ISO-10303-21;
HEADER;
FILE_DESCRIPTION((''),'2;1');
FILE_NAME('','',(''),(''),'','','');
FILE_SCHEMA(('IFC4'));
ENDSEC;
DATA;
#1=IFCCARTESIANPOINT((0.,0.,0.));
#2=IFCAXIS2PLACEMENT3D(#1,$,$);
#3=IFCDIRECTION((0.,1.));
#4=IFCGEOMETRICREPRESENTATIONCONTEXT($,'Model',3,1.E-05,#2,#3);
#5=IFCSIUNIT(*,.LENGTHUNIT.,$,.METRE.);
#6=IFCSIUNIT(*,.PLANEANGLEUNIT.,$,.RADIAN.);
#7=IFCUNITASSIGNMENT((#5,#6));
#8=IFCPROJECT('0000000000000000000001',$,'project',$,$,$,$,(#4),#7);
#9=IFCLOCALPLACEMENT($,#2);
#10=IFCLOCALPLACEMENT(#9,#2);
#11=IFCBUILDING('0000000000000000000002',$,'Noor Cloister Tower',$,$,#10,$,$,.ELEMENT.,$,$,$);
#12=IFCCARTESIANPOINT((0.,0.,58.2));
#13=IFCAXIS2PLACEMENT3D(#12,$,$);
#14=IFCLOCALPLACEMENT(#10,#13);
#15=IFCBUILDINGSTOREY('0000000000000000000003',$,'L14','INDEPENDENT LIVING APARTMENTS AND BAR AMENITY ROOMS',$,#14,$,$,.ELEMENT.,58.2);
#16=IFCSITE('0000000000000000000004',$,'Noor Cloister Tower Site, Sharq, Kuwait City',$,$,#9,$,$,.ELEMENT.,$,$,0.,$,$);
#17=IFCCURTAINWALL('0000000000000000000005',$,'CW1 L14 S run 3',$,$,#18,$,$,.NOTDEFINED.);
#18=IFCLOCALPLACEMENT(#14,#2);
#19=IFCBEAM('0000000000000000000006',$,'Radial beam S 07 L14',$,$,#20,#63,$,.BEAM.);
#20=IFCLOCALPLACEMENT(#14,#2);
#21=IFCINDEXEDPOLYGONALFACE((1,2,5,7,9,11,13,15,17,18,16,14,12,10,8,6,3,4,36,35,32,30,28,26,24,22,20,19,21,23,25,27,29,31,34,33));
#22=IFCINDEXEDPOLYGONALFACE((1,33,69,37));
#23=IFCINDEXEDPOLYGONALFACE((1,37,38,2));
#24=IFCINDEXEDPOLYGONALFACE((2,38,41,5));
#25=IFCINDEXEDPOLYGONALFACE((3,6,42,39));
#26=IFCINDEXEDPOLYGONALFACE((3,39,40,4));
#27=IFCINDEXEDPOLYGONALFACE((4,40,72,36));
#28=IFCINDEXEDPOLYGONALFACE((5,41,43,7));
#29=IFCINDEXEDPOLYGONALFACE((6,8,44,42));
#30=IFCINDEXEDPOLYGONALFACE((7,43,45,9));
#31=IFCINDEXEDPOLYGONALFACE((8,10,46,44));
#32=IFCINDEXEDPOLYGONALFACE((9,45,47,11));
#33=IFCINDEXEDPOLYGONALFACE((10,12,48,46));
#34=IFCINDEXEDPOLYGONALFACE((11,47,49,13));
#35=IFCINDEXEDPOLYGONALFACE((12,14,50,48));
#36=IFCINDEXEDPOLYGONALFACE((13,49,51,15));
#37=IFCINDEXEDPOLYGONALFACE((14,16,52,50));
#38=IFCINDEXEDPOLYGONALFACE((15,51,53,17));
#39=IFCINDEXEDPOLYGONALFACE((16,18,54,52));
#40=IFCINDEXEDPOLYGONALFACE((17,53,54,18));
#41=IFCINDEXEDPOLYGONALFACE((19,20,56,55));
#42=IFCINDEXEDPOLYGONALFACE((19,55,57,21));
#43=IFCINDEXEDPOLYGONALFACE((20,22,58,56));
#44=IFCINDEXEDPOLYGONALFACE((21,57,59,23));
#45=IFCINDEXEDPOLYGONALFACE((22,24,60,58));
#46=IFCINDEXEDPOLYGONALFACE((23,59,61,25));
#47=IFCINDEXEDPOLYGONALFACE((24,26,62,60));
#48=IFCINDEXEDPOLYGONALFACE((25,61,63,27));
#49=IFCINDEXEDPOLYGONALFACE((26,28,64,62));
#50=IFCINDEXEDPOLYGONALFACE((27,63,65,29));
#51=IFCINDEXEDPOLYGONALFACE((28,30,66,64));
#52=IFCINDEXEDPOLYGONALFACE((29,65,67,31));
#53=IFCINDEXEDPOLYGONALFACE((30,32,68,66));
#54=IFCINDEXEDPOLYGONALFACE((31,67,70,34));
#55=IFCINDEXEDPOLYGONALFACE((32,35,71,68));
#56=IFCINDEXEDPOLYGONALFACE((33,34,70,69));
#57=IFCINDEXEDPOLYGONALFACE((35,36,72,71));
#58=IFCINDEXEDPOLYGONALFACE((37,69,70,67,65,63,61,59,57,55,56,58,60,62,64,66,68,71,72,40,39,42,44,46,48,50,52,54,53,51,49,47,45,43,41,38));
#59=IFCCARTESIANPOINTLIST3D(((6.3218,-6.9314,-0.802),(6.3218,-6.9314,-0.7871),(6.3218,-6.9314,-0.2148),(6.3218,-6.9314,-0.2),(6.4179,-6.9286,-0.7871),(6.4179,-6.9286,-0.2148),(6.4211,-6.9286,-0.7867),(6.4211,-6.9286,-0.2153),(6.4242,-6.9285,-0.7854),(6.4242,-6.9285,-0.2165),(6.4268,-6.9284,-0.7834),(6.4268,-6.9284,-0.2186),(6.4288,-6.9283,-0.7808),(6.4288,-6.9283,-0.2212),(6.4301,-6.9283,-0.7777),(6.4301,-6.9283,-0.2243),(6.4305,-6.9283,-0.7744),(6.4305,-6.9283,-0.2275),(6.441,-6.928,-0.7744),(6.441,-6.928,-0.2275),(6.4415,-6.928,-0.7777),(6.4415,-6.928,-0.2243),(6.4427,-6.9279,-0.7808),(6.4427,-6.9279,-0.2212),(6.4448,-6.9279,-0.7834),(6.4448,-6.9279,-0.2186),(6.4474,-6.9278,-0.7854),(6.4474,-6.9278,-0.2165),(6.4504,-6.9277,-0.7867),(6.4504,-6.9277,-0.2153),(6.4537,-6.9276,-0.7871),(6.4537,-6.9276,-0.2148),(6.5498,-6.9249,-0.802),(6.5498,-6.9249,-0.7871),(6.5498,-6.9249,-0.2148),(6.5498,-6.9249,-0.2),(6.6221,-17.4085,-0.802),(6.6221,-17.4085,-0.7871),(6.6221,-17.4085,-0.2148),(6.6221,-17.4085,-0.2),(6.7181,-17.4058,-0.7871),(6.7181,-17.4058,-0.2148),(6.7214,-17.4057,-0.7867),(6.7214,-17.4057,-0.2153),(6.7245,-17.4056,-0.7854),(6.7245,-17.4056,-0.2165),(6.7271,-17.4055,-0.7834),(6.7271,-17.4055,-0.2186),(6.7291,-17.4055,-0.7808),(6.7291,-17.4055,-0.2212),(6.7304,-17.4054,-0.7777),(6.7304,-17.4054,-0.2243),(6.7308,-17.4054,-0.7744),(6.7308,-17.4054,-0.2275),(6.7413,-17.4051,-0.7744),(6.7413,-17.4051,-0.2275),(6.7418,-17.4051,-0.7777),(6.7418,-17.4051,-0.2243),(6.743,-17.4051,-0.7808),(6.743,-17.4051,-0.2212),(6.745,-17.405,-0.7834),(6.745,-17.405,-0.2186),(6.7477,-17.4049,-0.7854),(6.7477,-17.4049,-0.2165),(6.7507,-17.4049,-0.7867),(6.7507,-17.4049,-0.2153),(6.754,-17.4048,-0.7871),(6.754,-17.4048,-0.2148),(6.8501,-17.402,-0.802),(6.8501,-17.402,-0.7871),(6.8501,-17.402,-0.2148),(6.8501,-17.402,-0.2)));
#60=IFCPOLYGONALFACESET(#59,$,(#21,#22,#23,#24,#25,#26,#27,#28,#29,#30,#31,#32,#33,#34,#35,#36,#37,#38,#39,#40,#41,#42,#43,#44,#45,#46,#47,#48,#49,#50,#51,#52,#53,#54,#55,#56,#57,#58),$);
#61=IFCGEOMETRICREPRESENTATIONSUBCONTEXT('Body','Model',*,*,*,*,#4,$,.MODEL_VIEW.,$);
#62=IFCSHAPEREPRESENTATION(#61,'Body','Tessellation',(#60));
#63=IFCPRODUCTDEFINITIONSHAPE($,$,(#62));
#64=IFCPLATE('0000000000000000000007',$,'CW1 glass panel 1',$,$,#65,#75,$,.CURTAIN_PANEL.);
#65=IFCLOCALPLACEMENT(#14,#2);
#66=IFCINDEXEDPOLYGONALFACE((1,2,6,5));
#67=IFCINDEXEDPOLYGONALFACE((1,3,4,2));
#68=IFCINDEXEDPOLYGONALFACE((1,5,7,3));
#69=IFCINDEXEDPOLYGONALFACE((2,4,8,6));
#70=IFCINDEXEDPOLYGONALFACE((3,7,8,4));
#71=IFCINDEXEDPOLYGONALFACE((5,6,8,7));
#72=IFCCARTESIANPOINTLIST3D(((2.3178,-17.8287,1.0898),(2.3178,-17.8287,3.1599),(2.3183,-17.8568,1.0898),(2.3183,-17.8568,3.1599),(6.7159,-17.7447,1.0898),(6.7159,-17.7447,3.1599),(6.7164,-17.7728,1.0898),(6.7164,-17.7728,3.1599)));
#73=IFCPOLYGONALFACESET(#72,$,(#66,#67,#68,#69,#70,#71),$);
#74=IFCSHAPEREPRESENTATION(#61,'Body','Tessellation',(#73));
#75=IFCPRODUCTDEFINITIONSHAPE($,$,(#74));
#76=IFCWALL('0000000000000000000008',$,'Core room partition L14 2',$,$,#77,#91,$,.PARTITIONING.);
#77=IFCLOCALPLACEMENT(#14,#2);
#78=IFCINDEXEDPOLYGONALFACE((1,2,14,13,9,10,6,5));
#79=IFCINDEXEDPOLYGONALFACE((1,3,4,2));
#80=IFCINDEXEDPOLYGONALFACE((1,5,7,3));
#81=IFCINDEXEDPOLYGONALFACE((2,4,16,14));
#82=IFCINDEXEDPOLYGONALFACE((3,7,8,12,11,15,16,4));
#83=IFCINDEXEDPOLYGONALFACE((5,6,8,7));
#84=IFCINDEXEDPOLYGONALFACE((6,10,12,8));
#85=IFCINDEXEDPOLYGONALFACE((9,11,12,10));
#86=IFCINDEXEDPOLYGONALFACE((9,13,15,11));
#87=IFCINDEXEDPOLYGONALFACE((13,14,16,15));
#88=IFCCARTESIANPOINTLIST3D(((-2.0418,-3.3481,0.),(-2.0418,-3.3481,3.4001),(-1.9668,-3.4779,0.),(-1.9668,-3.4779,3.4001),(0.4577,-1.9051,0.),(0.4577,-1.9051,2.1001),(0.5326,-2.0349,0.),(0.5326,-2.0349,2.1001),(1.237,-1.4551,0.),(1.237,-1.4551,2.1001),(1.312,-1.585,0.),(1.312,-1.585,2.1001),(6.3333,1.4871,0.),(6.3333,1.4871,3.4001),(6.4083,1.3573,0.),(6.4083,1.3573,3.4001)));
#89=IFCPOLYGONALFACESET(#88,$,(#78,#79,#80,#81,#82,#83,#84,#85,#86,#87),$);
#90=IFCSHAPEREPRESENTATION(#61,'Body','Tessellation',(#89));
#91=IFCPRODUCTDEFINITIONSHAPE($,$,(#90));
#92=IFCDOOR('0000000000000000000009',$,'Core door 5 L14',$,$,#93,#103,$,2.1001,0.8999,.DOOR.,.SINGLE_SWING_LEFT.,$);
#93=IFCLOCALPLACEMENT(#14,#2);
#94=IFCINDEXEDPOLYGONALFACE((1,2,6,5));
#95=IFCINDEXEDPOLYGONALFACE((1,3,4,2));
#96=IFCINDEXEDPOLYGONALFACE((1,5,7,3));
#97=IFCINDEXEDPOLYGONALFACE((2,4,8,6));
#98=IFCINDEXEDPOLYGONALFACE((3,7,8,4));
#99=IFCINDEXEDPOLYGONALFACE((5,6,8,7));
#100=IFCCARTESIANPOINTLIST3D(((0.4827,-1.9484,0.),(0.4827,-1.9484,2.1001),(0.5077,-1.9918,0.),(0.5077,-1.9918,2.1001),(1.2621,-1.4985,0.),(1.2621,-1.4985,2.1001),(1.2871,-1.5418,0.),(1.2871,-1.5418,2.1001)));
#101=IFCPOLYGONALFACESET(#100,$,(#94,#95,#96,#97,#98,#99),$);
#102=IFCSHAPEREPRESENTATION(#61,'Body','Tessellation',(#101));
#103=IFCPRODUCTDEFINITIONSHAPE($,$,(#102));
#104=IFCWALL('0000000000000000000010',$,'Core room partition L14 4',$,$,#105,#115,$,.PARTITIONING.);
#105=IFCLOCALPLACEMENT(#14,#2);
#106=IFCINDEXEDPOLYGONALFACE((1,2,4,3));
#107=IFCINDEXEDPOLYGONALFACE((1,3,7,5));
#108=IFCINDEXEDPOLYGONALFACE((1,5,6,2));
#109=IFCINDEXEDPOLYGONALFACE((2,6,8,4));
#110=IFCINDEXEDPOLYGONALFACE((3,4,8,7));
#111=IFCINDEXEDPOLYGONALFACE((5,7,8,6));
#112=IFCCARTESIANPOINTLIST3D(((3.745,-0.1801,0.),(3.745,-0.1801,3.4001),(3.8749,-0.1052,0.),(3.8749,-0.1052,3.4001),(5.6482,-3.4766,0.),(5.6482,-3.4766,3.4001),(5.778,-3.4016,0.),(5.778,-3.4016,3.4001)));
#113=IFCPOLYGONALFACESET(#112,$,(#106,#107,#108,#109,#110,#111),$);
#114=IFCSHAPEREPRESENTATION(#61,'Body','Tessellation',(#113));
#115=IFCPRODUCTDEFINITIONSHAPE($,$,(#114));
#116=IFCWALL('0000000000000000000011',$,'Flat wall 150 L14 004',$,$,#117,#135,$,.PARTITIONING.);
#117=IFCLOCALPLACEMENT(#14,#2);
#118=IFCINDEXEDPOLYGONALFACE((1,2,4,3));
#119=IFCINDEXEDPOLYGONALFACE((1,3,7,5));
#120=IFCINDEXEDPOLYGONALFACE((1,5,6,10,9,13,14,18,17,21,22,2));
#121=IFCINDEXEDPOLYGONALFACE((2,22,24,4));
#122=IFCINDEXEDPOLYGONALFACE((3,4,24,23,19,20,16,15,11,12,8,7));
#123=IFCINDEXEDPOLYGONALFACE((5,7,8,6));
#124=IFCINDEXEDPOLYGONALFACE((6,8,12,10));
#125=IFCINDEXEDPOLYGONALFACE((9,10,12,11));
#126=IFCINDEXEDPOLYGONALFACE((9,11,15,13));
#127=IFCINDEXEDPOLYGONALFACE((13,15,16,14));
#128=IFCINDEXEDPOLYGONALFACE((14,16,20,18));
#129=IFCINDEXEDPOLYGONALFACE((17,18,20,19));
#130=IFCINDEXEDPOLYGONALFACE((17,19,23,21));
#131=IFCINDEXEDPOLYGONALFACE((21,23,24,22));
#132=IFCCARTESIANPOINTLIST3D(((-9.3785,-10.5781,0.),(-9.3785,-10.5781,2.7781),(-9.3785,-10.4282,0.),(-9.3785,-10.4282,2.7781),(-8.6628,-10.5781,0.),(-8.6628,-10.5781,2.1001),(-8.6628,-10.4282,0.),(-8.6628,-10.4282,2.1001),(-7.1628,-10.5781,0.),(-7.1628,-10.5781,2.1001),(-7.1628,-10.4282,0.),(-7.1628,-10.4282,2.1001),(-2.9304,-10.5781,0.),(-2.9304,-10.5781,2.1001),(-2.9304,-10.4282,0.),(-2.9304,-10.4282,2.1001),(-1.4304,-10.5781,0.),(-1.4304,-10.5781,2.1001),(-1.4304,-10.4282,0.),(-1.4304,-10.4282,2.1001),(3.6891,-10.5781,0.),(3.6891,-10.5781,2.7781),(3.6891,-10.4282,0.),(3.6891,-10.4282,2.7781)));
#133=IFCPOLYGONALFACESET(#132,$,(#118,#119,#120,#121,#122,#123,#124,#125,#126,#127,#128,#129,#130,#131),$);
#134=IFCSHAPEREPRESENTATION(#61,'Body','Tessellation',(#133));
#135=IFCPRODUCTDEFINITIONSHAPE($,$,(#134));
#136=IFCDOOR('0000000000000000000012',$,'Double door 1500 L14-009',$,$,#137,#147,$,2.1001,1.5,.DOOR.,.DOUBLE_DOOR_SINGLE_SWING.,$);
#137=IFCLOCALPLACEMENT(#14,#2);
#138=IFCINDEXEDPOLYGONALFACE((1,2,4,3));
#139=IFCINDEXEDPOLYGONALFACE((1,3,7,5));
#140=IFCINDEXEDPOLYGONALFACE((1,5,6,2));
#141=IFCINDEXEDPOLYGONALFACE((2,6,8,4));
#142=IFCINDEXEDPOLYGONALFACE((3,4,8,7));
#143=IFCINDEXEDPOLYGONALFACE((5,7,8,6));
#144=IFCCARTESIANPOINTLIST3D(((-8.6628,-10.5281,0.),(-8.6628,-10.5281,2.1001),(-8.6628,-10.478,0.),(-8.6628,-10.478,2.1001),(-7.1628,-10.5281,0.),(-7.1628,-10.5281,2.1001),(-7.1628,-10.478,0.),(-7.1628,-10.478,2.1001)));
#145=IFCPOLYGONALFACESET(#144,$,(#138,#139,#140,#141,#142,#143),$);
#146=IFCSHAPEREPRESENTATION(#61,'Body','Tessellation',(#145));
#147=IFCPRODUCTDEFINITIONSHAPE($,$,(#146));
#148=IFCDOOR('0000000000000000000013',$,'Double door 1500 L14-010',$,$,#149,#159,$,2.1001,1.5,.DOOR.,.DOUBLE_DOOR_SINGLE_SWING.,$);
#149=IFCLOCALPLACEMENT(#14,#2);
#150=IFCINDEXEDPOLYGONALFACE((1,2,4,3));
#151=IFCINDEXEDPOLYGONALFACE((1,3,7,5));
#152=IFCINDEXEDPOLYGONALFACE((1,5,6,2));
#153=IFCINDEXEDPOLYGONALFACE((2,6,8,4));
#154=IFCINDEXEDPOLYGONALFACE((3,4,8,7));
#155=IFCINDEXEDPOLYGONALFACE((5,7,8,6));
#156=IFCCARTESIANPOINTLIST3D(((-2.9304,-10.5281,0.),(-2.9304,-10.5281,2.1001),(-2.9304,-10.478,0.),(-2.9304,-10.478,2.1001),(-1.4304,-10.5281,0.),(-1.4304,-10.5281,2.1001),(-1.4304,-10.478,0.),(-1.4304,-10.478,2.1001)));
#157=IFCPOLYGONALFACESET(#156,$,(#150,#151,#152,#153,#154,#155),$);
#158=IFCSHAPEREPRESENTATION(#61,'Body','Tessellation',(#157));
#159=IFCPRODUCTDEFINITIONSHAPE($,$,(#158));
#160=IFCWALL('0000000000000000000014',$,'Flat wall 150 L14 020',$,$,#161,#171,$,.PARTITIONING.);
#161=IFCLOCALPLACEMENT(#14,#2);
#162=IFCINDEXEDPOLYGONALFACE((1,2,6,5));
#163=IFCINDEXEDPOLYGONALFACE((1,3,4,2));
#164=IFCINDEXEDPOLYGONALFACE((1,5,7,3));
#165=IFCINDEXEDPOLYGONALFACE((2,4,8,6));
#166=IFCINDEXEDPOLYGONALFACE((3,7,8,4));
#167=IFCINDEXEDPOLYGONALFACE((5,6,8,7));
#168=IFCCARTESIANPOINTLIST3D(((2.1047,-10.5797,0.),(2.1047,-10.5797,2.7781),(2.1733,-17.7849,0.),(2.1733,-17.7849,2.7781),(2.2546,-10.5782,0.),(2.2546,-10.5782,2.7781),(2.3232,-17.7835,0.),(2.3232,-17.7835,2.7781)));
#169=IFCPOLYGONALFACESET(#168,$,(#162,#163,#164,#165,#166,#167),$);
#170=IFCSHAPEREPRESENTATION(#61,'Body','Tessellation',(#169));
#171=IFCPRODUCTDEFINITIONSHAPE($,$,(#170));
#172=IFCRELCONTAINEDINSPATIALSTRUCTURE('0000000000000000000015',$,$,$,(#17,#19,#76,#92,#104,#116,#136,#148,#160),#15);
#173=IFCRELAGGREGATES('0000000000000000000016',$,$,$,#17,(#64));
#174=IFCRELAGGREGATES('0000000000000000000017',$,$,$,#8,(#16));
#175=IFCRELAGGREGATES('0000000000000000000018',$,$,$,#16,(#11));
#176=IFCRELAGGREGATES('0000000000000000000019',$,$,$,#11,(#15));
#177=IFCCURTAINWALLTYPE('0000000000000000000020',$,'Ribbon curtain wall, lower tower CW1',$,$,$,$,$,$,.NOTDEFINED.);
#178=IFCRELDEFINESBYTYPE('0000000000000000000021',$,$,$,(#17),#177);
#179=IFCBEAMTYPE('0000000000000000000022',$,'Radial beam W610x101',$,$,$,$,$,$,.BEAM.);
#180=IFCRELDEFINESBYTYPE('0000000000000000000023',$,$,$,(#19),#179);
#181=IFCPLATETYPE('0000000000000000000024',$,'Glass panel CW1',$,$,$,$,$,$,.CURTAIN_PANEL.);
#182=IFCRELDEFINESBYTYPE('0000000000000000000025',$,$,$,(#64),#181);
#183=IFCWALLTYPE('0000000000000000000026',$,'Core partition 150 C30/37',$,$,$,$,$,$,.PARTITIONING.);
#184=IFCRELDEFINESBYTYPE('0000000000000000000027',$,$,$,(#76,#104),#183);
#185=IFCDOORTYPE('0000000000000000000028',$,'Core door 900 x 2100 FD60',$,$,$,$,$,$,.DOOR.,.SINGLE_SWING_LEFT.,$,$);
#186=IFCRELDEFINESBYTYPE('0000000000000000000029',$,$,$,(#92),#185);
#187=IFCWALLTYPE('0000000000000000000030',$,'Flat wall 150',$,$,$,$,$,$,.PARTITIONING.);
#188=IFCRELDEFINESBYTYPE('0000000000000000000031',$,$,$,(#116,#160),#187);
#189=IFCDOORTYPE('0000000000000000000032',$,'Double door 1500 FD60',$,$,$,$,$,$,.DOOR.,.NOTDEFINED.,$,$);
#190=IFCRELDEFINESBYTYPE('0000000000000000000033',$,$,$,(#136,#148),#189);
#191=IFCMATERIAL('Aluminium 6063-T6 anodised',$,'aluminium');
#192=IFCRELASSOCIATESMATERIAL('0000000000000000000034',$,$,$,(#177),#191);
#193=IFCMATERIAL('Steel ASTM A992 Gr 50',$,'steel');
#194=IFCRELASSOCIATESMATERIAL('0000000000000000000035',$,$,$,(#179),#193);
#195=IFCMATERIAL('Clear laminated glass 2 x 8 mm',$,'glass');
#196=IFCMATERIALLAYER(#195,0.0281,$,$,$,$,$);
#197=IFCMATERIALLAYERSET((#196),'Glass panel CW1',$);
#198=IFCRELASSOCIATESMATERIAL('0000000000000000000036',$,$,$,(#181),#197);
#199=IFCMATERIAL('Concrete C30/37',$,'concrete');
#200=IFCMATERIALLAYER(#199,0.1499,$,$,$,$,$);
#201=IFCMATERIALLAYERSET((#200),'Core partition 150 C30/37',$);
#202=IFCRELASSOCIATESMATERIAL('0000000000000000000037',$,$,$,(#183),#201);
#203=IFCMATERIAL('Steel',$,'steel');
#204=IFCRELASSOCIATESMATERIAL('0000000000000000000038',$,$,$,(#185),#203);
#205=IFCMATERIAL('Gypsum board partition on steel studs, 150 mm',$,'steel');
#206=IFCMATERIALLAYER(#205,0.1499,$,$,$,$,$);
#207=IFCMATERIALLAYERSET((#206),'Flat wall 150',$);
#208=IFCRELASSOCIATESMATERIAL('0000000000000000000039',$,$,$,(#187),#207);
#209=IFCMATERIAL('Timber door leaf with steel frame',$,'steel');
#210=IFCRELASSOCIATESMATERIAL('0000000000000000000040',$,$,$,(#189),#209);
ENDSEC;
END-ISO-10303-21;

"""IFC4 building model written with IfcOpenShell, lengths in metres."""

from ifc_helpers import new_model, si_unit, direction, frame, frame_2d, origin, origin_2d, place, context, subcontext, project, spatial, rectangle, i_section, extrude, material, layer, layer_set, material_profile, profile_set, type_object, element, fill, aggregate, save


model = new_model("IFC4")

# Units and contexts
model_context = context("Model", 3, precision=1e-05, world=origin(), true_north=direction((0.0, 1.0)))
body_context = subcontext(model_context, "Body", "Model", "MODEL_VIEW")
ifc_project = project(units=[si_unit("LENGTHUNIT", "METRE"), si_unit("PLANEANGLEUNIT", "RADIAN")], contexts=[model_context])

# Site, building, storey
site_placement = place(None, origin())
site = spatial("IfcSite", under=ifc_project, at=site_placement, Name="Noor Cloister Tower Site, Sharq, Kuwait City", CompositionType="ELEMENT", RefElevation=0.0)
building_placement = place(site_placement, origin())
building = spatial("IfcBuilding", under=site, at=building_placement, Name="Noor Cloister Tower", CompositionType="ELEMENT")
storey_placement = place(building_placement, frame((0.0, 0.0, 58.2)))
storey = spatial("IfcBuildingStorey", under=building, at=storey_placement, Name="L14", Description="INDEPENDENT LIVING APARTMENTS AND BAR AMENITY ROOMS", CompositionType="ELEMENT", Elevation=58.2)

# Curtain wall
ifc_material_1 = material(Name="Aluminium 6063-T6 anodised", Category="aluminium")
curtain_wall_type_1 = type_object("IfcCurtainWallType", Name="Ribbon curtain wall, lower tower CW1", PredefinedType="NOTDEFINED", material=ifc_material_1)
curtain_wall_1_placement = place(storey_placement, origin())
curtain_wall_1 = element("IfcCurtainWall", 1, at=curtain_wall_1_placement, inside=storey, type_object=curtain_wall_type_1, Name="CW1 L14 S run 3", PredefinedType="NOTDEFINED")

# Beam
ifc_material_2 = material(Name="Steel ASTM A992 Gr 50", Category="steel")
ifc_material_profile_1 = material_profile(ifc_material_2, i_section(OverallWidth=0.228, OverallDepth=0.6021, WebThickness=0.0105, FlangeThickness=0.0149, FilletRadius=0.0127, at=origin_2d()), Name="W610x101")
ifc_profile_set_1 = profile_set([ifc_material_profile_1], Name="Steel ASTM A992 Gr 50")
beam_type_1 = type_object("IfcBeamType", Name="Radial beam W610x101", PredefinedType="BEAM", material=ifc_profile_set_1)
beam_1_placement = place(storey_placement, frame((6.7361, -17.4053, -0.501), z_axis=(-0.02865, 0.999589, 0.0), x_axis=(-0.999589, -0.02865, 0.0)))
element("IfcBeam", 2, at=beam_1_placement, inside=storey, type_object=beam_type_1, Name="Radial beam S 07 L14", PredefinedType="BEAM", context=body_context, shape_type="SweptSolid", body=[
    extrude(i_section(OverallWidth=0.228, OverallDepth=0.6021, WebThickness=0.0105, FlangeThickness=0.0149, FilletRadius=0.0127, at=origin_2d()), origin(), (0.0, 0.0, 1.0), 10.4814),
])

# Plate
ifc_material_3 = material(Name="Clear laminated glass 2 x 8 mm", Category="glass")
ifc_layer_1 = layer(ifc_material_3, 0.0281)
ifc_layer_set_1 = layer_set([ifc_layer_1], Name="Glass panel CW1")
plate_type = type_object("IfcPlateType", Name="Glass panel CW1", PredefinedType="CURTAIN_PANEL", material=ifc_layer_set_1)
plate_placement = place(storey_placement, frame((4.5171, -17.8008, 1.0898), z_axis=(0.0, 0.0, 1.0), x_axis=(0.999818, 0.019095, 0.0)))
plate = element("IfcPlate", 3, at=plate_placement, type_object=plate_type, Name="CW1 glass panel 1", PredefinedType="CURTAIN_PANEL", context=body_context, shape_type="SweptSolid", body=[
    extrude(rectangle(XDim=4.3989, YDim=0.0281, at=origin_2d()), origin(), (0.0, 0.0, 1.0), 2.0701),
])
aggregate(curtain_wall_1, [plate])

# Wall, opening, door
ifc_material_4 = material(Name="Concrete C30/37", Category="concrete")
ifc_layer_2 = layer(ifc_material_4, 0.1499)
ifc_layer_set_2 = layer_set([ifc_layer_2], Name="Core partition 150 C30/37")
wall_type_1 = type_object("IfcWallType", Name="Core partition 150 C30/37", PredefinedType="PARTITIONING", material=ifc_layer_set_2)
wall_1_placement = place(storey_placement, frame((-2.0044, -3.4131, 0.0), z_axis=(0.0, 0.0, 1.0), x_axis=(0.86603, 0.499992, 0.0)))
wall_1 = element("IfcWall", 4, at=wall_1_placement, inside=storey, type_object=wall_type_1, Name="Core room partition L14 2", PredefinedType="PARTITIONING", context=body_context, shape_type="SweptSolid", body=[
    extrude(rectangle(XDim=9.6707, YDim=0.1499, at=frame_2d((4.8354, 0.0))), origin(), (0.0, 0.0, 1.0), 3.4001),
])
opening_1_placement = place(wall_1_placement, frame((2.8862, 0.0, 0.0)))
opening_1 = element("IfcOpeningElement", 5, at=opening_1_placement, cuts=wall_1, PredefinedType="OPENING", context=body_context, shape_type="SweptSolid", body=[
    extrude(rectangle(XDim=0.8999, YDim=2.1001, at=frame_2d((0.45, 1.05))), frame((0.0, 0.085, 0.0), z_axis=(0.0, -1.0, 0.0), x_axis=(1.0, 0.0, 0.0)), (0.0, 0.0, 1.0), 0.1699),
])
ifc_material_5 = material(Name="Steel", Category="steel")
door_type_1 = type_object("IfcDoorType", Name="Core door 900 x 2100 FD60", OperationType="SINGLE_SWING_LEFT", PredefinedType="DOOR", material=ifc_material_5)
door_1_placement = place(opening_1_placement, origin())
door_1 = element("IfcDoor", 6, at=door_1_placement, inside=storey, type_object=door_type_1, Name="Core door 5 L14", OperationType="SINGLE_SWING_LEFT", OverallHeight=2.1001, OverallWidth=0.8999, PredefinedType="DOOR", context=body_context, shape_type="SweptSolid", body=[
    extrude(rectangle(XDim=0.8999, YDim=2.1001, at=frame_2d((0.45, 1.05))), frame((0.0, 0.0249, 0.0), z_axis=(0.0, -1.0, 0.0), x_axis=(1.0, 0.0, 0.0)), (0.0, 0.0, 1.0), 0.05),
])
fill(opening_1, door_1)

# Wall
wall_2_placement = place(storey_placement, frame((5.7131, -3.4392, 0.0), z_axis=(0.0, 0.0, 1.0), x_axis=(-0.499982, 0.866036, 0.0)))
element("IfcWall", 7, at=wall_2_placement, inside=storey, type_object=wall_type_1, Name="Core room partition L14 4", PredefinedType="PARTITIONING", context=body_context, shape_type="SweptSolid", body=[
    extrude(rectangle(XDim=3.8064, YDim=0.1499, at=frame_2d((1.9033, 0.0))), origin(), (0.0, 0.0, 1.0), 3.4001),
])

# Wall, openings, doors
ifc_material_6 = material(Name="Gypsum board partition on steel studs, 150 mm", Category="steel")
ifc_layer_3 = layer(ifc_material_6, 0.1499)
ifc_layer_set_3 = layer_set([ifc_layer_3], Name="Flat wall 150")
wall_type_2 = type_object("IfcWallType", Name="Flat wall 150", PredefinedType="PARTITIONING", material=ifc_layer_set_3)
wall_3_placement = place(storey_placement, frame((3.689, -10.5032, 0.0), z_axis=(0.0, 0.0, 1.0), x_axis=(-1.0, 0.0, 0.0)))
wall_3 = element("IfcWall", 8, at=wall_3_placement, inside=storey, type_object=wall_type_2, Name="Flat wall 150 L14 004", PredefinedType="PARTITIONING", context=body_context, shape_type="SweptSolid", body=[
    extrude(rectangle(XDim=13.0676, YDim=0.1499, at=frame_2d((6.5337, 0.0))), origin(), (0.0, 0.0, 1.0), 2.7781),
])
opening_2_placement = place(wall_3_placement, frame((10.8518, 0.0, 0.0)))
opening_2 = element("IfcOpeningElement", 9, at=opening_2_placement, cuts=wall_3, PredefinedType="OPENING", context=body_context, shape_type="SweptSolid", body=[
    extrude(rectangle(XDim=1.5, YDim=2.1001, at=frame_2d((0.75, 1.05))), frame((0.0, 0.085, 0.0), z_axis=(0.0, -1.0, 0.0), x_axis=(1.0, 0.0, 0.0)), (0.0, 0.0, 1.0), 0.1699),
])
opening_3_placement = place(wall_3_placement, frame((5.1194, 0.0, 0.0)))
opening_3 = element("IfcOpeningElement", 10, at=opening_3_placement, cuts=wall_3, PredefinedType="OPENING", context=body_context, shape_type="SweptSolid", body=[
    extrude(rectangle(XDim=1.5, YDim=2.1001, at=frame_2d((0.75, 1.05))), frame((0.0, 0.085, 0.0), z_axis=(0.0, -1.0, 0.0), x_axis=(1.0, 0.0, 0.0)), (0.0, 0.0, 1.0), 0.1699),
])
ifc_material_7 = material(Name="Timber door leaf with steel frame", Category="steel")
door_type_2 = type_object("IfcDoorType", Name="Double door 1500 FD60", OperationType="NOTDEFINED", PredefinedType="DOOR", material=ifc_material_7)
door_2_placement = place(opening_2_placement, origin())
door_2 = element("IfcDoor", 11, at=door_2_placement, inside=storey, type_object=door_type_2, Name="Double door 1500 L14-009", OperationType="DOUBLE_DOOR_SINGLE_SWING", OverallHeight=2.1001, OverallWidth=1.5, PredefinedType="DOOR", context=body_context, shape_type="SweptSolid", body=[
    extrude(rectangle(XDim=1.5, YDim=2.1001, at=frame_2d((0.75, 1.05))), frame((0.0, 0.0249, 0.0), z_axis=(0.0, -1.0, 0.0), x_axis=(1.0, 0.0, 0.0)), (0.0, 0.0, 1.0), 0.05),
])
fill(opening_2, door_2)
door_3_placement = place(opening_3_placement, origin())
door_3 = element("IfcDoor", 12, at=door_3_placement, inside=storey, type_object=door_type_2, Name="Double door 1500 L14-010", OperationType="DOUBLE_DOOR_SINGLE_SWING", OverallHeight=2.1001, OverallWidth=1.5, PredefinedType="DOOR", context=body_context, shape_type="SweptSolid", body=[
    extrude(rectangle(XDim=1.5, YDim=2.1001, at=frame_2d((0.75, 1.05))), frame((0.0, 0.0249, 0.0), z_axis=(0.0, -1.0, 0.0), x_axis=(1.0, 0.0, 0.0)), (0.0, 0.0, 1.0), 0.05),
])
fill(opening_3, door_3)

# Wall
wall_4_placement = place(storey_placement, frame((2.2483, -17.7842, 0.0), z_axis=(0.0, 0.0, 1.0), x_axis=(-0.009521, 0.999955, 0.0)))
element("IfcWall", 13, at=wall_4_placement, inside=storey, type_object=wall_type_2, Name="Flat wall 150 L14 020", PredefinedType="PARTITIONING", context=body_context, shape_type="SweptSolid", body=[
    extrude(rectangle(XDim=7.2056, YDim=0.1499, at=frame_2d((3.6028, 0.0))), origin(), (0.0, 0.0, 1.0), 2.7781),
])

save(model, "model.ifc")
